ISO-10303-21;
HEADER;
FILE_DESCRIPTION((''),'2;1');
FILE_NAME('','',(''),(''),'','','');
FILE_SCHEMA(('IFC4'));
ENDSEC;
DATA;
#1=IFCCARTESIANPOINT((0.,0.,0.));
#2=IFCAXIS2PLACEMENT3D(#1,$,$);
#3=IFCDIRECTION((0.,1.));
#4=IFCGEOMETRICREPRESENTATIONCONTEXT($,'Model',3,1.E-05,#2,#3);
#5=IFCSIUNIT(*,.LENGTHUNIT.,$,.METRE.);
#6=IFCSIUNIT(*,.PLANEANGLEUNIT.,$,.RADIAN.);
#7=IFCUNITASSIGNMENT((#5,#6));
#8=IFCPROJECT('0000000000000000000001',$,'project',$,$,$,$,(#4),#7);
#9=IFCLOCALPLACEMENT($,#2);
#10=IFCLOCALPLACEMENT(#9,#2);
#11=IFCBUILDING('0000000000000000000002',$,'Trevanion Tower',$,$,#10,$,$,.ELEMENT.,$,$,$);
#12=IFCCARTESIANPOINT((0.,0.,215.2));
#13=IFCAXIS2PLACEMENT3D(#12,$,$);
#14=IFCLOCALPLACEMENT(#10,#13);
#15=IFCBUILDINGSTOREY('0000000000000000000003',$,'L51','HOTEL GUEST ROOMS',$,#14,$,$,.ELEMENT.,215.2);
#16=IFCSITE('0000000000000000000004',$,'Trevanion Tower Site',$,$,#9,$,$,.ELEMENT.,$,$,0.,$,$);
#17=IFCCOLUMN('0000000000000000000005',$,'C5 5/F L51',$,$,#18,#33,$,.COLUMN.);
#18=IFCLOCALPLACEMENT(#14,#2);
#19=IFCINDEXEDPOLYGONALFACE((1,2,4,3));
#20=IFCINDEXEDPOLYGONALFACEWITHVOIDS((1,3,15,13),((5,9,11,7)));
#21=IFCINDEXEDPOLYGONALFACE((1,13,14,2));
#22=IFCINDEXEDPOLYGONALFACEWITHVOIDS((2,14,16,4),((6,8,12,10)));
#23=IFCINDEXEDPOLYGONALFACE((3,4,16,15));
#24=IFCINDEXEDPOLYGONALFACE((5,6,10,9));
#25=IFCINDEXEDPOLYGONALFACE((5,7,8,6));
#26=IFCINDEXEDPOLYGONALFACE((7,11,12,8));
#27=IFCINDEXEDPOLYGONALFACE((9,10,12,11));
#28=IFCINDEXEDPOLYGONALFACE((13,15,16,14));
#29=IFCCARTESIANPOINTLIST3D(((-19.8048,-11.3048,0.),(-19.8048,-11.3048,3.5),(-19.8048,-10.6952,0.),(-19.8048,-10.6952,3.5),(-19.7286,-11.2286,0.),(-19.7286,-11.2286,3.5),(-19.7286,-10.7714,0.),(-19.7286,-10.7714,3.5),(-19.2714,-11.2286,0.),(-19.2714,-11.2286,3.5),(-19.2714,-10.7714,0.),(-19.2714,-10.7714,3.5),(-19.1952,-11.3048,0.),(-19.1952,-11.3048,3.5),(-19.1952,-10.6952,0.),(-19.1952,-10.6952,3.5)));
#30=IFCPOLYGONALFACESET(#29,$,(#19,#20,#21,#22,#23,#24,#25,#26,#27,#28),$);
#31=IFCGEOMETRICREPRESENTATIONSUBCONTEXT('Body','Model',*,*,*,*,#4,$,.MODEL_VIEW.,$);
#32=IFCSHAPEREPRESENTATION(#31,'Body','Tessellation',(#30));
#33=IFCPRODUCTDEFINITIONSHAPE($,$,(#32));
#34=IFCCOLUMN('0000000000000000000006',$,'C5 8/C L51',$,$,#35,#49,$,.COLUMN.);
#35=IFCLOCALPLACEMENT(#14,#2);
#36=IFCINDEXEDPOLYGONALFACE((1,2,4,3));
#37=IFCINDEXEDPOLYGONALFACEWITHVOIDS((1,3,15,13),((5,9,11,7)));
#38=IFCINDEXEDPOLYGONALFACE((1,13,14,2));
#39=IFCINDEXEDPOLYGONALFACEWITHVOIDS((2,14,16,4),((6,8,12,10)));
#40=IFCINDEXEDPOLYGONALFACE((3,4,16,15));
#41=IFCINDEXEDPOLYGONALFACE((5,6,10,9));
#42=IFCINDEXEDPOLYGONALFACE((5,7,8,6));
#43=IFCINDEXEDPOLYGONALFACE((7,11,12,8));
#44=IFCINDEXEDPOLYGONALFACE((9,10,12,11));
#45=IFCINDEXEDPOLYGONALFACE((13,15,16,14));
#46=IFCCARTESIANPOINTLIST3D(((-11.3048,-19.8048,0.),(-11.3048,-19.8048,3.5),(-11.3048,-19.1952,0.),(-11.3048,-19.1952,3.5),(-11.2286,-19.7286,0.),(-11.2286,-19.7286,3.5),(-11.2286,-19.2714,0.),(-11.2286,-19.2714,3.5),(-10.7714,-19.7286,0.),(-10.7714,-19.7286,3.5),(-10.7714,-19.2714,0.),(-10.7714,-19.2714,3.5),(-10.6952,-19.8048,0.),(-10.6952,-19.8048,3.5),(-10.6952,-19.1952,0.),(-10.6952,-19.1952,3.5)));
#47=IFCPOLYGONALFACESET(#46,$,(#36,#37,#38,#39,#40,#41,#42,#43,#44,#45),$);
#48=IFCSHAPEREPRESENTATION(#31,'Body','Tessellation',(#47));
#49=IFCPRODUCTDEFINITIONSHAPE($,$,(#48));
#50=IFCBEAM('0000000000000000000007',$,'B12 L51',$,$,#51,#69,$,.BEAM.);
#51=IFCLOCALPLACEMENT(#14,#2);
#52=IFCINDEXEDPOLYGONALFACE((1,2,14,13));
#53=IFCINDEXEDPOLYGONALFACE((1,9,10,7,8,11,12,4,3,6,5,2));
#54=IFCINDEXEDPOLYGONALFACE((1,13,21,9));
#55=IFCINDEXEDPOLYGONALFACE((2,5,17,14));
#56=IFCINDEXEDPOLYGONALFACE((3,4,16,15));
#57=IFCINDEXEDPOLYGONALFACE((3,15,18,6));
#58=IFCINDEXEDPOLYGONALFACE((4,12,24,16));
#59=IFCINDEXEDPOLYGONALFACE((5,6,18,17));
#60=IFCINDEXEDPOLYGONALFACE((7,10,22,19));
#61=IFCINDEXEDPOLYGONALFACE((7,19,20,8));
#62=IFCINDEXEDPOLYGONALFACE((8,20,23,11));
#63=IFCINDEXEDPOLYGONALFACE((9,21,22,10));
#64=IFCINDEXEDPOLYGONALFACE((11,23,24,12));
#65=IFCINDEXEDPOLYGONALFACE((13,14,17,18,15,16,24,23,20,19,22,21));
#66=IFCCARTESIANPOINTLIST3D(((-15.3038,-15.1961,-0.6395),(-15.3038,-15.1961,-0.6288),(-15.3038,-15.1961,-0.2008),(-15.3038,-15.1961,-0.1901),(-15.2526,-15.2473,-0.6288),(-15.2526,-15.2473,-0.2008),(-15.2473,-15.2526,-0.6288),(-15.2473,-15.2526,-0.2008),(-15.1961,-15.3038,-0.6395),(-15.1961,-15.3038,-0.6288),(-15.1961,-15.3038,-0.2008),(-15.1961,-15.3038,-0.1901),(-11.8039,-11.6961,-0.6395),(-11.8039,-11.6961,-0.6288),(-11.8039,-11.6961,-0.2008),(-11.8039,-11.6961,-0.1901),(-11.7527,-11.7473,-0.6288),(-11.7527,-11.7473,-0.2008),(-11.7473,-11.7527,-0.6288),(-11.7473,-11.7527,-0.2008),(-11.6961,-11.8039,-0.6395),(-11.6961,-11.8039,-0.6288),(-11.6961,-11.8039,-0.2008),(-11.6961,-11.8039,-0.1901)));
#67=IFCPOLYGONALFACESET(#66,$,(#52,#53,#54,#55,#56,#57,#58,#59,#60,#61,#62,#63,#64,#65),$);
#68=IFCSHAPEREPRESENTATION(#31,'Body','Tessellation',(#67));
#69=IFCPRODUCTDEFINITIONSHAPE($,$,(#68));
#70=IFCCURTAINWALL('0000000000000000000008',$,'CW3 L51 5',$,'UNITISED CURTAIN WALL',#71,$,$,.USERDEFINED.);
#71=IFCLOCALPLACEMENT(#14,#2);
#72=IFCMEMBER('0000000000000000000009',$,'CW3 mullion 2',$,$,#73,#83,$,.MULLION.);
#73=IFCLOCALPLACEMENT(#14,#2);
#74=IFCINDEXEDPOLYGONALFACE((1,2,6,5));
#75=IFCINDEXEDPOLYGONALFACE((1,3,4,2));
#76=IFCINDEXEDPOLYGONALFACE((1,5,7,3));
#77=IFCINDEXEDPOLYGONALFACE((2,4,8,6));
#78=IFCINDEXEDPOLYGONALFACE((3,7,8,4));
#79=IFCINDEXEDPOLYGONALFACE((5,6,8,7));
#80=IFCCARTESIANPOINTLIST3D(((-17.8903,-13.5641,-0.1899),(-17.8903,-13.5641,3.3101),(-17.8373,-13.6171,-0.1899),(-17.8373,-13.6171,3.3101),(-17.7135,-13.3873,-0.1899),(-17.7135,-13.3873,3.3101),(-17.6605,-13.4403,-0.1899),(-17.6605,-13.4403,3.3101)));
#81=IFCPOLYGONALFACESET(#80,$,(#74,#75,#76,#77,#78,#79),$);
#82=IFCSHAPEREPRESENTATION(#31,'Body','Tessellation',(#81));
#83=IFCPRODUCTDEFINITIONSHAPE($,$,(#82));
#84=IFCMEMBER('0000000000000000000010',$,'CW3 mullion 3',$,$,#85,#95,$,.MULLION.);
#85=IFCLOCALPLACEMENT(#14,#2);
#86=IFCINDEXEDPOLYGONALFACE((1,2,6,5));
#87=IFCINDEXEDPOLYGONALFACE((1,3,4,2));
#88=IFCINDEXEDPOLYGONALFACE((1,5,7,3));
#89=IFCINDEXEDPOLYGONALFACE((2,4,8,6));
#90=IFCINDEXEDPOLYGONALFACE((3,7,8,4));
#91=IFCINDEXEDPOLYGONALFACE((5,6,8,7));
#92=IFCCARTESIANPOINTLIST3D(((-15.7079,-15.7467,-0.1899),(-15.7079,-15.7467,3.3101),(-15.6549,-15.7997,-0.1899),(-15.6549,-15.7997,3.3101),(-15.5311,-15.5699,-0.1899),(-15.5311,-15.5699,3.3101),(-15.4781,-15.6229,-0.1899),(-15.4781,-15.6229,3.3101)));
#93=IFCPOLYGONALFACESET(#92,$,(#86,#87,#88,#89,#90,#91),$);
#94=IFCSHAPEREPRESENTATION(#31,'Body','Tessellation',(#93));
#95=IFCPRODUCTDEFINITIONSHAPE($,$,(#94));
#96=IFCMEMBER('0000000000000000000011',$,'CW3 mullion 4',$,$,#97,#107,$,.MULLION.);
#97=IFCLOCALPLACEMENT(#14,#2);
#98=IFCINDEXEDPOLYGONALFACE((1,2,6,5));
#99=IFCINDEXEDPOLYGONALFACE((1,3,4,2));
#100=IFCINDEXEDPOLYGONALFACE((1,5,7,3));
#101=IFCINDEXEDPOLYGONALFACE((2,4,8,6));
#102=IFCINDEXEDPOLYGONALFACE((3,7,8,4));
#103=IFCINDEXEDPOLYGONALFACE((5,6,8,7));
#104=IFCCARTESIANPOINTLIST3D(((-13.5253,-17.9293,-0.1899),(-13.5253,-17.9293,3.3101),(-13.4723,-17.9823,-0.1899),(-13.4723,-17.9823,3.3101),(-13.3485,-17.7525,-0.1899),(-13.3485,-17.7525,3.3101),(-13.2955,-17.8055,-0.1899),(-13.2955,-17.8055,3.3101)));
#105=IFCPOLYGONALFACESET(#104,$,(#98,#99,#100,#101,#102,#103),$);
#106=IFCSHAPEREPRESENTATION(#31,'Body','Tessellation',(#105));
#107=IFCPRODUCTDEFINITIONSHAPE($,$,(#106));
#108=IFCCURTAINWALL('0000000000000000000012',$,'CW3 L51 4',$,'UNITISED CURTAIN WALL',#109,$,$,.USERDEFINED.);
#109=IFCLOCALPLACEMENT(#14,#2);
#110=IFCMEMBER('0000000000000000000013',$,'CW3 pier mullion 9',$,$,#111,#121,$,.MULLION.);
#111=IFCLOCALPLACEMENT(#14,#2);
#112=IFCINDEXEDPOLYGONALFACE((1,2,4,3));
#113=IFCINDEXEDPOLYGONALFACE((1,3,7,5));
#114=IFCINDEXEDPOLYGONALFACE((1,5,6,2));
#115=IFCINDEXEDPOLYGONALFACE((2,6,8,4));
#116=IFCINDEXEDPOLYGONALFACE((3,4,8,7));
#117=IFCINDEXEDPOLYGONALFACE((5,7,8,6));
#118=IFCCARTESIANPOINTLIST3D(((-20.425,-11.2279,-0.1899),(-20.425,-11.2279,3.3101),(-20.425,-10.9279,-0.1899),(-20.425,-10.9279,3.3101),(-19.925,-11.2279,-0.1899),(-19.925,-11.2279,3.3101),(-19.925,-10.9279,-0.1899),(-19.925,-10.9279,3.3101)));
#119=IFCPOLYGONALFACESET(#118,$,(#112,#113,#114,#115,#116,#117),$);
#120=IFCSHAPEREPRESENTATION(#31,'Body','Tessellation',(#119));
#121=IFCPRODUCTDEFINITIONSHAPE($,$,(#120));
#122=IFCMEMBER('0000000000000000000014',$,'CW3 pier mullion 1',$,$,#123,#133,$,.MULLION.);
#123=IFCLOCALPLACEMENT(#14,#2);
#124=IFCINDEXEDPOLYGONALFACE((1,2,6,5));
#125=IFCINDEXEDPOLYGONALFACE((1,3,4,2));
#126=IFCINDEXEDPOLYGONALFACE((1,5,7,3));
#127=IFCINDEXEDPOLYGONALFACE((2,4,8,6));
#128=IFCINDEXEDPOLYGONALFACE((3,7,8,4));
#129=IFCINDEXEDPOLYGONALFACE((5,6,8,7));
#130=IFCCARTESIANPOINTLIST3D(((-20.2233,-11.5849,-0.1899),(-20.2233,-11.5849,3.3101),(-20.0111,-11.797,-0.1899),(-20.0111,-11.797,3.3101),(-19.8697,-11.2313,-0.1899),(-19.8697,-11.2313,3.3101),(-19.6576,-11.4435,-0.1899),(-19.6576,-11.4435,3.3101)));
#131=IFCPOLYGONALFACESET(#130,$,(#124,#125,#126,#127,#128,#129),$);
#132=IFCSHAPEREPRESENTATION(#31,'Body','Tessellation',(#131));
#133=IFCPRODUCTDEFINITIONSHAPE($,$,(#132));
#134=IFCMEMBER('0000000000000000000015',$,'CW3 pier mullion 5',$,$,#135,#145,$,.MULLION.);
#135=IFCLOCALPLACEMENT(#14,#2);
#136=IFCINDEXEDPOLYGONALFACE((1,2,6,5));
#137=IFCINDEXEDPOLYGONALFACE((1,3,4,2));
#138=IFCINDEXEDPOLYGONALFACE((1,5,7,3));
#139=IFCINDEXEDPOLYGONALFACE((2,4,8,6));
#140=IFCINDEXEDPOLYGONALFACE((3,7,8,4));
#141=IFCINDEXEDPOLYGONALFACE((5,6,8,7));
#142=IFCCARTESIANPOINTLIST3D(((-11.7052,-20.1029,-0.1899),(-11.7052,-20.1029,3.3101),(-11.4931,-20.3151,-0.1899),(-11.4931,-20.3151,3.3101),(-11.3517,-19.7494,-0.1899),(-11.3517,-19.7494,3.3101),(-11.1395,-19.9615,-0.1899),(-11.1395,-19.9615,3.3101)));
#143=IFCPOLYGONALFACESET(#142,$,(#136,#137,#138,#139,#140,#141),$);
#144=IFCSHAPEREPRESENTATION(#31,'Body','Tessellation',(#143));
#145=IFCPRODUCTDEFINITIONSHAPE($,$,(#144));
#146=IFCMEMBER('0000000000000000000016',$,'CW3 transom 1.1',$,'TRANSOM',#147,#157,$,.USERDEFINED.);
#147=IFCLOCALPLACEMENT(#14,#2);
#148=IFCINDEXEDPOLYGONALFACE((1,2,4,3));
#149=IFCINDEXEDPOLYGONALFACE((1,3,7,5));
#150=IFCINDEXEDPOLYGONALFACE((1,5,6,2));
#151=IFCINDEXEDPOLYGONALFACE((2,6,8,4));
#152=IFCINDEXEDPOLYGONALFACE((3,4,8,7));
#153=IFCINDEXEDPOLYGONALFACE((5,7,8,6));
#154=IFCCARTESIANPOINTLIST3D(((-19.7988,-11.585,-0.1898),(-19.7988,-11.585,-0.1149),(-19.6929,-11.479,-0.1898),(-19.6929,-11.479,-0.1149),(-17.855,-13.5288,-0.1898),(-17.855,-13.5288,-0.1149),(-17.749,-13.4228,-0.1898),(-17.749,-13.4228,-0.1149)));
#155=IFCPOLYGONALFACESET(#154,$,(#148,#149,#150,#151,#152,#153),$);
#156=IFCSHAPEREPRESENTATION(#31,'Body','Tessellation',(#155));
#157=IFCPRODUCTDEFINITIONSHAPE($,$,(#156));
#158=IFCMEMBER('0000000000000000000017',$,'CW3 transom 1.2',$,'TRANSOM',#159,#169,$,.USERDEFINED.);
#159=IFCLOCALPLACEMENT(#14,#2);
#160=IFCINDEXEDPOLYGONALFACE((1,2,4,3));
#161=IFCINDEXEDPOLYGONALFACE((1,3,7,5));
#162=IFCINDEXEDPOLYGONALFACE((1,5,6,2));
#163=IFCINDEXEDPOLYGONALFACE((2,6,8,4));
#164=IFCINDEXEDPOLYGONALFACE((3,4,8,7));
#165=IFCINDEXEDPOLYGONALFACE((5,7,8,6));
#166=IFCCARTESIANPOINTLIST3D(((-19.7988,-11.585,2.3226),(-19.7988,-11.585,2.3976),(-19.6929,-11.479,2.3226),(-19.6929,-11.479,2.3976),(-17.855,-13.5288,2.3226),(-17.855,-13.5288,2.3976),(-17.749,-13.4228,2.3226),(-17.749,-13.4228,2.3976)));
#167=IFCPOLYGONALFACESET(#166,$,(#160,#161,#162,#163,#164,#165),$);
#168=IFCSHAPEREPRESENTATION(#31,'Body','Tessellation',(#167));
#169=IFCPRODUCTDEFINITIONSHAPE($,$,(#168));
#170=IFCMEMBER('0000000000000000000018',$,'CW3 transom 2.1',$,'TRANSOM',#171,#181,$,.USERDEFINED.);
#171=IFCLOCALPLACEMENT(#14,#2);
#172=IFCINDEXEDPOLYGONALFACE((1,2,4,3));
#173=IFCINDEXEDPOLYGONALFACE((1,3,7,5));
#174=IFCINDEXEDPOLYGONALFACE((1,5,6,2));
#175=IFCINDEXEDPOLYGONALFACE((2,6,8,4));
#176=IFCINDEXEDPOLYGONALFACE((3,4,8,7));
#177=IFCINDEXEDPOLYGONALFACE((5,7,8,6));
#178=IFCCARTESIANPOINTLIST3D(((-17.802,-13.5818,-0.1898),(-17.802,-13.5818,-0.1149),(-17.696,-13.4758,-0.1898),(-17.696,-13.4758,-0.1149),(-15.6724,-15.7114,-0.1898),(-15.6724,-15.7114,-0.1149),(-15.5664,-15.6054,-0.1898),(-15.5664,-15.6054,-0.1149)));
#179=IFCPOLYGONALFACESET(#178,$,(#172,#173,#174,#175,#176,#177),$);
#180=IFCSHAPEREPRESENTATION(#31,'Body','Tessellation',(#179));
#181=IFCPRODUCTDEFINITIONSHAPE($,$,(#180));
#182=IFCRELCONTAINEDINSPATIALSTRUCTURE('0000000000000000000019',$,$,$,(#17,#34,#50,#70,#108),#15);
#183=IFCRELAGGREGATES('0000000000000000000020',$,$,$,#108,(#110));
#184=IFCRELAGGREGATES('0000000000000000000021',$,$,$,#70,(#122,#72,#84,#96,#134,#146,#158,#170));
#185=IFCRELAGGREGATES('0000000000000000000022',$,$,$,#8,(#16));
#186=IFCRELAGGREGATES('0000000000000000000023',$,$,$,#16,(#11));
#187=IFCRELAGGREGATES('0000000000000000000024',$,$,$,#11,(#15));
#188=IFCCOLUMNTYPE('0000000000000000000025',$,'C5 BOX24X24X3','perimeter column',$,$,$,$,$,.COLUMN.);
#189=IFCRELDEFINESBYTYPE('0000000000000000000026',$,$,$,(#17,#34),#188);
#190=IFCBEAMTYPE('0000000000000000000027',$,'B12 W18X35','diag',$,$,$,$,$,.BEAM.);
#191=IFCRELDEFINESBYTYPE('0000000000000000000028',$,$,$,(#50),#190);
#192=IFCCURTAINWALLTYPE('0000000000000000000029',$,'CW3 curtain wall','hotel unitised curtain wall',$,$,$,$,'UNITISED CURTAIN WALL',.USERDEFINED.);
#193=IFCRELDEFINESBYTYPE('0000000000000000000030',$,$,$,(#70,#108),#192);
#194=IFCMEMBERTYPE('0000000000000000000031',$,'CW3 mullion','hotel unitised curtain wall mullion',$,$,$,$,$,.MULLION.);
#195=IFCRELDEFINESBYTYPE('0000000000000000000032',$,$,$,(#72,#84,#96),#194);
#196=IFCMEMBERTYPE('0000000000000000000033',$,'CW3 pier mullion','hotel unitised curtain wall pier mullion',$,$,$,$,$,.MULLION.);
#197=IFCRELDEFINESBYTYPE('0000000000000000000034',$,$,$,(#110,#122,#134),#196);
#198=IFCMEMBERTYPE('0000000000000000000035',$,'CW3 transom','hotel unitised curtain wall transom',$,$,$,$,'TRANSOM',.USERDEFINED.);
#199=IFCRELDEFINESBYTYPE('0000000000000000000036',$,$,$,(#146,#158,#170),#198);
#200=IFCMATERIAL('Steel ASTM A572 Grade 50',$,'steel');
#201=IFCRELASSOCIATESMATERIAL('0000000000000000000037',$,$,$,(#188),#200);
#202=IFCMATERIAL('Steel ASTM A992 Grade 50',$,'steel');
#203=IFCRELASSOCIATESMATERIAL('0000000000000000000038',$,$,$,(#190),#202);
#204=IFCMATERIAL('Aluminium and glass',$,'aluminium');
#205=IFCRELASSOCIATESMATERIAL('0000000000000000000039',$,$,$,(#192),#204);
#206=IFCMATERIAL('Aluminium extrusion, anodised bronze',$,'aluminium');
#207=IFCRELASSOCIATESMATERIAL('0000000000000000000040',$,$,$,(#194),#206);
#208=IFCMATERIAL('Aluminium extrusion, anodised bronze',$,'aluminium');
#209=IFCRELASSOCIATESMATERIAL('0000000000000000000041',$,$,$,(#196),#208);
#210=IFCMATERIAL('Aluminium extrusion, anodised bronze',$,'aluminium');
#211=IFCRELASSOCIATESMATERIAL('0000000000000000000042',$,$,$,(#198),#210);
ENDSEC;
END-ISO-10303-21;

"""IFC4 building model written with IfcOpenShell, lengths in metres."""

from ifc_helpers import new_model, si_unit, direction, frame, origin, origin_2d, place, context, subcontext, project, spatial, rectangle, hollow_rectangle, i_section, extrude, material, material_profile, profile_set, type_object, element, aggregate, save


model = new_model("IFC4")

# Units and contexts
model_context = context("Model", 3, precision=1e-05, world=origin(), true_north=direction((0.0, 1.0)))
body_context = subcontext(model_context, "Body", "Model", "MODEL_VIEW")
ifc_project = project(units=[si_unit("LENGTHUNIT", "METRE"), si_unit("PLANEANGLEUNIT", "RADIAN")], contexts=[model_context])

# Site, building, storey
site_placement = place(None, origin())
site = spatial("IfcSite", under=ifc_project, at=site_placement, Name="Trevanion Tower Site", CompositionType="ELEMENT", RefElevation=0.0)
building_placement = place(site_placement, origin())
building = spatial("IfcBuilding", under=site, at=building_placement, Name="Trevanion Tower", CompositionType="ELEMENT")
storey_placement = place(building_placement, frame((0.0, 0.0, 215.2)))
storey = spatial("IfcBuildingStorey", under=building, at=storey_placement, Name="L51", Description="HOTEL GUEST ROOMS", CompositionType="ELEMENT", Elevation=215.2)

# Columns
ifc_material_1 = material(Name="Steel ASTM A572 Grade 50", Category="steel")
ifc_material_profile_1 = material_profile(ifc_material_1, hollow_rectangle(XDim=0.6096, YDim=0.6096, WallThickness=0.0762, at=origin_2d()), Name="BOX24X24X3")
ifc_profile_set_1 = profile_set([ifc_material_profile_1], Name="Steel ASTM A572 Grade 50")
column_type = type_object("IfcColumnType", Name="C5 BOX24X24X3", Description="perimeter column", PredefinedType="COLUMN", material=ifc_profile_set_1)
for number, where, z_axis, x_axis, name in (
    (1, (-19.5, -11.0, 0.0), (0.0, 0.0, 1.0), (0.0, 1.0, 0.0), "C5 5/F L51"),
    (2, (-11.0, -19.5, 0.0), (0.0, 0.0, 1.0), (1.0, 0.0, 0.0), "C5 8/C L51"),
):
    element("IfcColumn", number, at=place(storey_placement, frame(where, z_axis=z_axis, x_axis=x_axis)), inside=storey, type_object=column_type, Name=name, PredefinedType="COLUMN", context=body_context, shape_type="SweptSolid", body=[
        extrude(hollow_rectangle(XDim=0.6096, YDim=0.6096, WallThickness=0.0762, at=origin_2d()), origin(), (0.0, 0.0, 1.0), 3.5),
    ])

# Beam
ifc_material_2 = material(Name="Steel ASTM A992 Grade 50", Category="steel")
ifc_material_profile_2 = material_profile(ifc_material_2, i_section(OverallWidth=0.1523, OverallDepth=0.4495, WebThickness=0.0076, FlangeThickness=0.0107, at=origin_2d()), Name="W18X35")
ifc_profile_set_2 = profile_set([ifc_material_profile_2], Name="Steel ASTM A992 Grade 50")
beam_type_1 = type_object("IfcBeamType", Name="B12 W18X35", Description="diag", PredefinedType="BEAM", material=ifc_profile_set_2)
beam_1_placement = place(storey_placement, frame((-11.75, -11.75, -0.4148), z_axis=(-0.707107, -0.707107, 0.0), x_axis=(0.707107, -0.707107, 0.0)))
element("IfcBeam", 3, at=beam_1_placement, inside=storey, type_object=beam_type_1, Name="B12 L51", PredefinedType="BEAM", context=body_context, shape_type="SweptSolid", body=[
    extrude(i_section(OverallWidth=0.1523, OverallDepth=0.4495, WebThickness=0.0076, FlangeThickness=0.0107, at=origin_2d()), origin(), (0.0, 0.0, 1.0), 4.9497),
])

# Curtain wall, members
ifc_material_3 = material(Name="Aluminium and glass", Category="aluminium")
curtain_wall_type = type_object("IfcCurtainWallType", Name="CW3 curtain wall", Description="hotel unitised curtain wall", ElementType="UNITISED CURTAIN WALL", PredefinedType="USERDEFINED", material=ifc_material_3)
curtain_wall_1_placement = place(storey_placement, origin())
curtain_wall_1 = element("IfcCurtainWall", 4, at=curtain_wall_1_placement, inside=storey, type_object=curtain_wall_type, Name="CW3 L51 5", ObjectType="UNITISED CURTAIN WALL", PredefinedType="USERDEFINED")
ifc_material_4 = material(Name="Aluminium extrusion, anodised bronze", Category="aluminium")
ifc_material_profile_3 = material_profile(ifc_material_4, rectangle(XDim=0.075, YDim=0.25, at=origin_2d()), Name="CW3 mullion")
ifc_profile_set_3 = profile_set([ifc_material_profile_3], Name="Aluminium extrusion, anodised bronze")
member_type_1 = type_object("IfcMemberType", Name="CW3 mullion", Description="hotel unitised curtain wall mullion", PredefinedType="MULLION", material=ifc_profile_set_3)
member_1_placement = place(storey_placement, frame((-17.7754, -13.5022, -0.1899), z_axis=(0.0, 0.0, 1.0), x_axis=(0.707107, -0.707107, 0.0)))
member_1 = element("IfcMember", 5, at=member_1_placement, type_object=member_type_1, Name="CW3 mullion 2", PredefinedType="MULLION", context=body_context, shape_type="SweptSolid", body=[
    extrude(rectangle(XDim=0.075, YDim=0.25, at=origin_2d()), origin(), (0.0, 0.0, 1.0), 3.5),
])
member_2_placement = place(storey_placement, frame((-15.593, -15.6848, -0.1899), z_axis=(0.0, 0.0, 1.0), x_axis=(0.707107, -0.707107, 0.0)))
member_2 = element("IfcMember", 6, at=member_2_placement, type_object=member_type_1, Name="CW3 mullion 3", PredefinedType="MULLION", context=body_context, shape_type="SweptSolid", body=[
    extrude(rectangle(XDim=0.075, YDim=0.25, at=origin_2d()), origin(), (0.0, 0.0, 1.0), 3.5),
])
member_3_placement = place(storey_placement, frame((-13.4104, -17.8674, -0.1899), z_axis=(0.0, 0.0, 1.0), x_axis=(0.707107, -0.707107, 0.0)))
member_3 = element("IfcMember", 7, at=member_3_placement, type_object=member_type_1, Name="CW3 mullion 4", PredefinedType="MULLION", context=body_context, shape_type="SweptSolid", body=[
    extrude(rectangle(XDim=0.075, YDim=0.25, at=origin_2d()), origin(), (0.0, 0.0, 1.0), 3.5),
])

# Curtain wall, member
curtain_wall_2_placement = place(storey_placement, origin())
curtain_wall_2 = element("IfcCurtainWall", 8, at=curtain_wall_2_placement, inside=storey, type_object=curtain_wall_type, Name="CW3 L51 4", ObjectType="UNITISED CURTAIN WALL", PredefinedType="USERDEFINED")
ifc_material_5 = material(Name="Aluminium extrusion, anodised bronze", Category="aluminium")
ifc_material_profile_4 = material_profile(ifc_material_5, rectangle(XDim=0.3, YDim=0.5, at=origin_2d()), Name="CW3 pier mullion")
ifc_profile_set_4 = profile_set([ifc_material_profile_4], Name="Aluminium extrusion, anodised bronze")
member_type_2 = type_object("IfcMemberType", Name="CW3 pier mullion", Description="hotel unitised curtain wall pier mullion", PredefinedType="MULLION", material=ifc_profile_set_4)
member_4_placement = place(storey_placement, frame((-20.175, -11.0779, -0.1899), z_axis=(0.0, 0.0, 1.0), x_axis=(0.0, -1.0, 0.0)))
member_4 = element("IfcMember", 9, at=member_4_placement, type_object=member_type_2, Name="CW3 pier mullion 9", PredefinedType="MULLION", context=body_context, shape_type="SweptSolid", body=[
    extrude(rectangle(XDim=0.3, YDim=0.5, at=origin_2d()), origin(), (0.0, 0.0, 1.0), 3.5),
])
aggregate(curtain_wall_2, [member_4])

# Members
member_5_placement = place(storey_placement, frame((-19.9404, -11.5142, -0.1899), z_axis=(0.0, 0.0, 1.0), x_axis=(0.707107, -0.707107, 0.0)))
member_5 = element("IfcMember", 10, at=member_5_placement, type_object=member_type_2, Name="CW3 pier mullion 1", PredefinedType="MULLION", context=body_context, shape_type="SweptSolid", body=[
    extrude(rectangle(XDim=0.3, YDim=0.5, at=origin_2d()), origin(), (0.0, 0.0, 1.0), 3.5),
])
member_6_placement = place(storey_placement, frame((-11.4224, -20.0322, -0.1899), z_axis=(0.0, 0.0, 1.0), x_axis=(0.707107, -0.707107, 0.0)))
member_6 = element("IfcMember", 11, at=member_6_placement, type_object=member_type_2, Name="CW3 pier mullion 5", PredefinedType="MULLION", context=body_context, shape_type="SweptSolid", body=[
    extrude(rectangle(XDim=0.3, YDim=0.5, at=origin_2d()), origin(), (0.0, 0.0, 1.0), 3.5),
])
ifc_material_6 = material(Name="Aluminium extrusion, anodised bronze", Category="aluminium")
ifc_material_profile_5 = material_profile(ifc_material_6, rectangle(XDim=0.1499, YDim=0.075, at=origin_2d()), Name="CW3 transom")
ifc_profile_set_5 = profile_set([ifc_material_profile_5], Name="Aluminium extrusion, anodised bronze")
member_type_3 = type_object("IfcMemberType", Name="CW3 transom", Description="hotel unitised curtain wall transom", ElementType="TRANSOM", PredefinedType="USERDEFINED", material=ifc_profile_set_5)
member_7_placement = place(storey_placement, frame((-19.7458, -11.532, -0.1523), z_axis=(0.707107, -0.707107, 0.0), x_axis=(0.707107, 0.707107, 0.0)))
member_7 = element("IfcMember", 12, at=member_7_placement, type_object=member_type_3, Name="CW3 transom 1.1", ObjectType="TRANSOM", PredefinedType="USERDEFINED", context=body_context, shape_type="SweptSolid", body=[
    extrude(rectangle(XDim=0.1499, YDim=0.075, at=origin_2d()), origin(), (0.0, 0.0, 1.0), 2.749),
])
member_8_placement = place(storey_placement, frame((-19.7458, -11.532, 2.3601), z_axis=(0.707107, -0.707107, 0.0), x_axis=(0.707107, 0.707107, 0.0)))
member_8 = element("IfcMember", 13, at=member_8_placement, type_object=member_type_3, Name="CW3 transom 1.2", ObjectType="TRANSOM", PredefinedType="USERDEFINED", context=body_context, shape_type="SweptSolid", body=[
    extrude(rectangle(XDim=0.1499, YDim=0.075, at=origin_2d()), origin(), (0.0, 0.0, 1.0), 2.749),
])
member_9_placement = place(storey_placement, frame((-17.749, -13.5288, -0.1523), z_axis=(0.707107, -0.707107, 0.0), x_axis=(0.707107, 0.707107, 0.0)))
member_9 = element("IfcMember", 14, at=member_9_placement, type_object=member_type_3, Name="CW3 transom 2.1", ObjectType="TRANSOM", PredefinedType="USERDEFINED", context=body_context, shape_type="SweptSolid", body=[
    extrude(rectangle(XDim=0.1499, YDim=0.075, at=origin_2d()), origin(), (0.0, 0.0, 1.0), 3.0117),
])

aggregate(curtain_wall_1, [member_5, member_1, member_2, member_3, member_6, member_7, member_8, member_9])

save(model, "model.ifc")
